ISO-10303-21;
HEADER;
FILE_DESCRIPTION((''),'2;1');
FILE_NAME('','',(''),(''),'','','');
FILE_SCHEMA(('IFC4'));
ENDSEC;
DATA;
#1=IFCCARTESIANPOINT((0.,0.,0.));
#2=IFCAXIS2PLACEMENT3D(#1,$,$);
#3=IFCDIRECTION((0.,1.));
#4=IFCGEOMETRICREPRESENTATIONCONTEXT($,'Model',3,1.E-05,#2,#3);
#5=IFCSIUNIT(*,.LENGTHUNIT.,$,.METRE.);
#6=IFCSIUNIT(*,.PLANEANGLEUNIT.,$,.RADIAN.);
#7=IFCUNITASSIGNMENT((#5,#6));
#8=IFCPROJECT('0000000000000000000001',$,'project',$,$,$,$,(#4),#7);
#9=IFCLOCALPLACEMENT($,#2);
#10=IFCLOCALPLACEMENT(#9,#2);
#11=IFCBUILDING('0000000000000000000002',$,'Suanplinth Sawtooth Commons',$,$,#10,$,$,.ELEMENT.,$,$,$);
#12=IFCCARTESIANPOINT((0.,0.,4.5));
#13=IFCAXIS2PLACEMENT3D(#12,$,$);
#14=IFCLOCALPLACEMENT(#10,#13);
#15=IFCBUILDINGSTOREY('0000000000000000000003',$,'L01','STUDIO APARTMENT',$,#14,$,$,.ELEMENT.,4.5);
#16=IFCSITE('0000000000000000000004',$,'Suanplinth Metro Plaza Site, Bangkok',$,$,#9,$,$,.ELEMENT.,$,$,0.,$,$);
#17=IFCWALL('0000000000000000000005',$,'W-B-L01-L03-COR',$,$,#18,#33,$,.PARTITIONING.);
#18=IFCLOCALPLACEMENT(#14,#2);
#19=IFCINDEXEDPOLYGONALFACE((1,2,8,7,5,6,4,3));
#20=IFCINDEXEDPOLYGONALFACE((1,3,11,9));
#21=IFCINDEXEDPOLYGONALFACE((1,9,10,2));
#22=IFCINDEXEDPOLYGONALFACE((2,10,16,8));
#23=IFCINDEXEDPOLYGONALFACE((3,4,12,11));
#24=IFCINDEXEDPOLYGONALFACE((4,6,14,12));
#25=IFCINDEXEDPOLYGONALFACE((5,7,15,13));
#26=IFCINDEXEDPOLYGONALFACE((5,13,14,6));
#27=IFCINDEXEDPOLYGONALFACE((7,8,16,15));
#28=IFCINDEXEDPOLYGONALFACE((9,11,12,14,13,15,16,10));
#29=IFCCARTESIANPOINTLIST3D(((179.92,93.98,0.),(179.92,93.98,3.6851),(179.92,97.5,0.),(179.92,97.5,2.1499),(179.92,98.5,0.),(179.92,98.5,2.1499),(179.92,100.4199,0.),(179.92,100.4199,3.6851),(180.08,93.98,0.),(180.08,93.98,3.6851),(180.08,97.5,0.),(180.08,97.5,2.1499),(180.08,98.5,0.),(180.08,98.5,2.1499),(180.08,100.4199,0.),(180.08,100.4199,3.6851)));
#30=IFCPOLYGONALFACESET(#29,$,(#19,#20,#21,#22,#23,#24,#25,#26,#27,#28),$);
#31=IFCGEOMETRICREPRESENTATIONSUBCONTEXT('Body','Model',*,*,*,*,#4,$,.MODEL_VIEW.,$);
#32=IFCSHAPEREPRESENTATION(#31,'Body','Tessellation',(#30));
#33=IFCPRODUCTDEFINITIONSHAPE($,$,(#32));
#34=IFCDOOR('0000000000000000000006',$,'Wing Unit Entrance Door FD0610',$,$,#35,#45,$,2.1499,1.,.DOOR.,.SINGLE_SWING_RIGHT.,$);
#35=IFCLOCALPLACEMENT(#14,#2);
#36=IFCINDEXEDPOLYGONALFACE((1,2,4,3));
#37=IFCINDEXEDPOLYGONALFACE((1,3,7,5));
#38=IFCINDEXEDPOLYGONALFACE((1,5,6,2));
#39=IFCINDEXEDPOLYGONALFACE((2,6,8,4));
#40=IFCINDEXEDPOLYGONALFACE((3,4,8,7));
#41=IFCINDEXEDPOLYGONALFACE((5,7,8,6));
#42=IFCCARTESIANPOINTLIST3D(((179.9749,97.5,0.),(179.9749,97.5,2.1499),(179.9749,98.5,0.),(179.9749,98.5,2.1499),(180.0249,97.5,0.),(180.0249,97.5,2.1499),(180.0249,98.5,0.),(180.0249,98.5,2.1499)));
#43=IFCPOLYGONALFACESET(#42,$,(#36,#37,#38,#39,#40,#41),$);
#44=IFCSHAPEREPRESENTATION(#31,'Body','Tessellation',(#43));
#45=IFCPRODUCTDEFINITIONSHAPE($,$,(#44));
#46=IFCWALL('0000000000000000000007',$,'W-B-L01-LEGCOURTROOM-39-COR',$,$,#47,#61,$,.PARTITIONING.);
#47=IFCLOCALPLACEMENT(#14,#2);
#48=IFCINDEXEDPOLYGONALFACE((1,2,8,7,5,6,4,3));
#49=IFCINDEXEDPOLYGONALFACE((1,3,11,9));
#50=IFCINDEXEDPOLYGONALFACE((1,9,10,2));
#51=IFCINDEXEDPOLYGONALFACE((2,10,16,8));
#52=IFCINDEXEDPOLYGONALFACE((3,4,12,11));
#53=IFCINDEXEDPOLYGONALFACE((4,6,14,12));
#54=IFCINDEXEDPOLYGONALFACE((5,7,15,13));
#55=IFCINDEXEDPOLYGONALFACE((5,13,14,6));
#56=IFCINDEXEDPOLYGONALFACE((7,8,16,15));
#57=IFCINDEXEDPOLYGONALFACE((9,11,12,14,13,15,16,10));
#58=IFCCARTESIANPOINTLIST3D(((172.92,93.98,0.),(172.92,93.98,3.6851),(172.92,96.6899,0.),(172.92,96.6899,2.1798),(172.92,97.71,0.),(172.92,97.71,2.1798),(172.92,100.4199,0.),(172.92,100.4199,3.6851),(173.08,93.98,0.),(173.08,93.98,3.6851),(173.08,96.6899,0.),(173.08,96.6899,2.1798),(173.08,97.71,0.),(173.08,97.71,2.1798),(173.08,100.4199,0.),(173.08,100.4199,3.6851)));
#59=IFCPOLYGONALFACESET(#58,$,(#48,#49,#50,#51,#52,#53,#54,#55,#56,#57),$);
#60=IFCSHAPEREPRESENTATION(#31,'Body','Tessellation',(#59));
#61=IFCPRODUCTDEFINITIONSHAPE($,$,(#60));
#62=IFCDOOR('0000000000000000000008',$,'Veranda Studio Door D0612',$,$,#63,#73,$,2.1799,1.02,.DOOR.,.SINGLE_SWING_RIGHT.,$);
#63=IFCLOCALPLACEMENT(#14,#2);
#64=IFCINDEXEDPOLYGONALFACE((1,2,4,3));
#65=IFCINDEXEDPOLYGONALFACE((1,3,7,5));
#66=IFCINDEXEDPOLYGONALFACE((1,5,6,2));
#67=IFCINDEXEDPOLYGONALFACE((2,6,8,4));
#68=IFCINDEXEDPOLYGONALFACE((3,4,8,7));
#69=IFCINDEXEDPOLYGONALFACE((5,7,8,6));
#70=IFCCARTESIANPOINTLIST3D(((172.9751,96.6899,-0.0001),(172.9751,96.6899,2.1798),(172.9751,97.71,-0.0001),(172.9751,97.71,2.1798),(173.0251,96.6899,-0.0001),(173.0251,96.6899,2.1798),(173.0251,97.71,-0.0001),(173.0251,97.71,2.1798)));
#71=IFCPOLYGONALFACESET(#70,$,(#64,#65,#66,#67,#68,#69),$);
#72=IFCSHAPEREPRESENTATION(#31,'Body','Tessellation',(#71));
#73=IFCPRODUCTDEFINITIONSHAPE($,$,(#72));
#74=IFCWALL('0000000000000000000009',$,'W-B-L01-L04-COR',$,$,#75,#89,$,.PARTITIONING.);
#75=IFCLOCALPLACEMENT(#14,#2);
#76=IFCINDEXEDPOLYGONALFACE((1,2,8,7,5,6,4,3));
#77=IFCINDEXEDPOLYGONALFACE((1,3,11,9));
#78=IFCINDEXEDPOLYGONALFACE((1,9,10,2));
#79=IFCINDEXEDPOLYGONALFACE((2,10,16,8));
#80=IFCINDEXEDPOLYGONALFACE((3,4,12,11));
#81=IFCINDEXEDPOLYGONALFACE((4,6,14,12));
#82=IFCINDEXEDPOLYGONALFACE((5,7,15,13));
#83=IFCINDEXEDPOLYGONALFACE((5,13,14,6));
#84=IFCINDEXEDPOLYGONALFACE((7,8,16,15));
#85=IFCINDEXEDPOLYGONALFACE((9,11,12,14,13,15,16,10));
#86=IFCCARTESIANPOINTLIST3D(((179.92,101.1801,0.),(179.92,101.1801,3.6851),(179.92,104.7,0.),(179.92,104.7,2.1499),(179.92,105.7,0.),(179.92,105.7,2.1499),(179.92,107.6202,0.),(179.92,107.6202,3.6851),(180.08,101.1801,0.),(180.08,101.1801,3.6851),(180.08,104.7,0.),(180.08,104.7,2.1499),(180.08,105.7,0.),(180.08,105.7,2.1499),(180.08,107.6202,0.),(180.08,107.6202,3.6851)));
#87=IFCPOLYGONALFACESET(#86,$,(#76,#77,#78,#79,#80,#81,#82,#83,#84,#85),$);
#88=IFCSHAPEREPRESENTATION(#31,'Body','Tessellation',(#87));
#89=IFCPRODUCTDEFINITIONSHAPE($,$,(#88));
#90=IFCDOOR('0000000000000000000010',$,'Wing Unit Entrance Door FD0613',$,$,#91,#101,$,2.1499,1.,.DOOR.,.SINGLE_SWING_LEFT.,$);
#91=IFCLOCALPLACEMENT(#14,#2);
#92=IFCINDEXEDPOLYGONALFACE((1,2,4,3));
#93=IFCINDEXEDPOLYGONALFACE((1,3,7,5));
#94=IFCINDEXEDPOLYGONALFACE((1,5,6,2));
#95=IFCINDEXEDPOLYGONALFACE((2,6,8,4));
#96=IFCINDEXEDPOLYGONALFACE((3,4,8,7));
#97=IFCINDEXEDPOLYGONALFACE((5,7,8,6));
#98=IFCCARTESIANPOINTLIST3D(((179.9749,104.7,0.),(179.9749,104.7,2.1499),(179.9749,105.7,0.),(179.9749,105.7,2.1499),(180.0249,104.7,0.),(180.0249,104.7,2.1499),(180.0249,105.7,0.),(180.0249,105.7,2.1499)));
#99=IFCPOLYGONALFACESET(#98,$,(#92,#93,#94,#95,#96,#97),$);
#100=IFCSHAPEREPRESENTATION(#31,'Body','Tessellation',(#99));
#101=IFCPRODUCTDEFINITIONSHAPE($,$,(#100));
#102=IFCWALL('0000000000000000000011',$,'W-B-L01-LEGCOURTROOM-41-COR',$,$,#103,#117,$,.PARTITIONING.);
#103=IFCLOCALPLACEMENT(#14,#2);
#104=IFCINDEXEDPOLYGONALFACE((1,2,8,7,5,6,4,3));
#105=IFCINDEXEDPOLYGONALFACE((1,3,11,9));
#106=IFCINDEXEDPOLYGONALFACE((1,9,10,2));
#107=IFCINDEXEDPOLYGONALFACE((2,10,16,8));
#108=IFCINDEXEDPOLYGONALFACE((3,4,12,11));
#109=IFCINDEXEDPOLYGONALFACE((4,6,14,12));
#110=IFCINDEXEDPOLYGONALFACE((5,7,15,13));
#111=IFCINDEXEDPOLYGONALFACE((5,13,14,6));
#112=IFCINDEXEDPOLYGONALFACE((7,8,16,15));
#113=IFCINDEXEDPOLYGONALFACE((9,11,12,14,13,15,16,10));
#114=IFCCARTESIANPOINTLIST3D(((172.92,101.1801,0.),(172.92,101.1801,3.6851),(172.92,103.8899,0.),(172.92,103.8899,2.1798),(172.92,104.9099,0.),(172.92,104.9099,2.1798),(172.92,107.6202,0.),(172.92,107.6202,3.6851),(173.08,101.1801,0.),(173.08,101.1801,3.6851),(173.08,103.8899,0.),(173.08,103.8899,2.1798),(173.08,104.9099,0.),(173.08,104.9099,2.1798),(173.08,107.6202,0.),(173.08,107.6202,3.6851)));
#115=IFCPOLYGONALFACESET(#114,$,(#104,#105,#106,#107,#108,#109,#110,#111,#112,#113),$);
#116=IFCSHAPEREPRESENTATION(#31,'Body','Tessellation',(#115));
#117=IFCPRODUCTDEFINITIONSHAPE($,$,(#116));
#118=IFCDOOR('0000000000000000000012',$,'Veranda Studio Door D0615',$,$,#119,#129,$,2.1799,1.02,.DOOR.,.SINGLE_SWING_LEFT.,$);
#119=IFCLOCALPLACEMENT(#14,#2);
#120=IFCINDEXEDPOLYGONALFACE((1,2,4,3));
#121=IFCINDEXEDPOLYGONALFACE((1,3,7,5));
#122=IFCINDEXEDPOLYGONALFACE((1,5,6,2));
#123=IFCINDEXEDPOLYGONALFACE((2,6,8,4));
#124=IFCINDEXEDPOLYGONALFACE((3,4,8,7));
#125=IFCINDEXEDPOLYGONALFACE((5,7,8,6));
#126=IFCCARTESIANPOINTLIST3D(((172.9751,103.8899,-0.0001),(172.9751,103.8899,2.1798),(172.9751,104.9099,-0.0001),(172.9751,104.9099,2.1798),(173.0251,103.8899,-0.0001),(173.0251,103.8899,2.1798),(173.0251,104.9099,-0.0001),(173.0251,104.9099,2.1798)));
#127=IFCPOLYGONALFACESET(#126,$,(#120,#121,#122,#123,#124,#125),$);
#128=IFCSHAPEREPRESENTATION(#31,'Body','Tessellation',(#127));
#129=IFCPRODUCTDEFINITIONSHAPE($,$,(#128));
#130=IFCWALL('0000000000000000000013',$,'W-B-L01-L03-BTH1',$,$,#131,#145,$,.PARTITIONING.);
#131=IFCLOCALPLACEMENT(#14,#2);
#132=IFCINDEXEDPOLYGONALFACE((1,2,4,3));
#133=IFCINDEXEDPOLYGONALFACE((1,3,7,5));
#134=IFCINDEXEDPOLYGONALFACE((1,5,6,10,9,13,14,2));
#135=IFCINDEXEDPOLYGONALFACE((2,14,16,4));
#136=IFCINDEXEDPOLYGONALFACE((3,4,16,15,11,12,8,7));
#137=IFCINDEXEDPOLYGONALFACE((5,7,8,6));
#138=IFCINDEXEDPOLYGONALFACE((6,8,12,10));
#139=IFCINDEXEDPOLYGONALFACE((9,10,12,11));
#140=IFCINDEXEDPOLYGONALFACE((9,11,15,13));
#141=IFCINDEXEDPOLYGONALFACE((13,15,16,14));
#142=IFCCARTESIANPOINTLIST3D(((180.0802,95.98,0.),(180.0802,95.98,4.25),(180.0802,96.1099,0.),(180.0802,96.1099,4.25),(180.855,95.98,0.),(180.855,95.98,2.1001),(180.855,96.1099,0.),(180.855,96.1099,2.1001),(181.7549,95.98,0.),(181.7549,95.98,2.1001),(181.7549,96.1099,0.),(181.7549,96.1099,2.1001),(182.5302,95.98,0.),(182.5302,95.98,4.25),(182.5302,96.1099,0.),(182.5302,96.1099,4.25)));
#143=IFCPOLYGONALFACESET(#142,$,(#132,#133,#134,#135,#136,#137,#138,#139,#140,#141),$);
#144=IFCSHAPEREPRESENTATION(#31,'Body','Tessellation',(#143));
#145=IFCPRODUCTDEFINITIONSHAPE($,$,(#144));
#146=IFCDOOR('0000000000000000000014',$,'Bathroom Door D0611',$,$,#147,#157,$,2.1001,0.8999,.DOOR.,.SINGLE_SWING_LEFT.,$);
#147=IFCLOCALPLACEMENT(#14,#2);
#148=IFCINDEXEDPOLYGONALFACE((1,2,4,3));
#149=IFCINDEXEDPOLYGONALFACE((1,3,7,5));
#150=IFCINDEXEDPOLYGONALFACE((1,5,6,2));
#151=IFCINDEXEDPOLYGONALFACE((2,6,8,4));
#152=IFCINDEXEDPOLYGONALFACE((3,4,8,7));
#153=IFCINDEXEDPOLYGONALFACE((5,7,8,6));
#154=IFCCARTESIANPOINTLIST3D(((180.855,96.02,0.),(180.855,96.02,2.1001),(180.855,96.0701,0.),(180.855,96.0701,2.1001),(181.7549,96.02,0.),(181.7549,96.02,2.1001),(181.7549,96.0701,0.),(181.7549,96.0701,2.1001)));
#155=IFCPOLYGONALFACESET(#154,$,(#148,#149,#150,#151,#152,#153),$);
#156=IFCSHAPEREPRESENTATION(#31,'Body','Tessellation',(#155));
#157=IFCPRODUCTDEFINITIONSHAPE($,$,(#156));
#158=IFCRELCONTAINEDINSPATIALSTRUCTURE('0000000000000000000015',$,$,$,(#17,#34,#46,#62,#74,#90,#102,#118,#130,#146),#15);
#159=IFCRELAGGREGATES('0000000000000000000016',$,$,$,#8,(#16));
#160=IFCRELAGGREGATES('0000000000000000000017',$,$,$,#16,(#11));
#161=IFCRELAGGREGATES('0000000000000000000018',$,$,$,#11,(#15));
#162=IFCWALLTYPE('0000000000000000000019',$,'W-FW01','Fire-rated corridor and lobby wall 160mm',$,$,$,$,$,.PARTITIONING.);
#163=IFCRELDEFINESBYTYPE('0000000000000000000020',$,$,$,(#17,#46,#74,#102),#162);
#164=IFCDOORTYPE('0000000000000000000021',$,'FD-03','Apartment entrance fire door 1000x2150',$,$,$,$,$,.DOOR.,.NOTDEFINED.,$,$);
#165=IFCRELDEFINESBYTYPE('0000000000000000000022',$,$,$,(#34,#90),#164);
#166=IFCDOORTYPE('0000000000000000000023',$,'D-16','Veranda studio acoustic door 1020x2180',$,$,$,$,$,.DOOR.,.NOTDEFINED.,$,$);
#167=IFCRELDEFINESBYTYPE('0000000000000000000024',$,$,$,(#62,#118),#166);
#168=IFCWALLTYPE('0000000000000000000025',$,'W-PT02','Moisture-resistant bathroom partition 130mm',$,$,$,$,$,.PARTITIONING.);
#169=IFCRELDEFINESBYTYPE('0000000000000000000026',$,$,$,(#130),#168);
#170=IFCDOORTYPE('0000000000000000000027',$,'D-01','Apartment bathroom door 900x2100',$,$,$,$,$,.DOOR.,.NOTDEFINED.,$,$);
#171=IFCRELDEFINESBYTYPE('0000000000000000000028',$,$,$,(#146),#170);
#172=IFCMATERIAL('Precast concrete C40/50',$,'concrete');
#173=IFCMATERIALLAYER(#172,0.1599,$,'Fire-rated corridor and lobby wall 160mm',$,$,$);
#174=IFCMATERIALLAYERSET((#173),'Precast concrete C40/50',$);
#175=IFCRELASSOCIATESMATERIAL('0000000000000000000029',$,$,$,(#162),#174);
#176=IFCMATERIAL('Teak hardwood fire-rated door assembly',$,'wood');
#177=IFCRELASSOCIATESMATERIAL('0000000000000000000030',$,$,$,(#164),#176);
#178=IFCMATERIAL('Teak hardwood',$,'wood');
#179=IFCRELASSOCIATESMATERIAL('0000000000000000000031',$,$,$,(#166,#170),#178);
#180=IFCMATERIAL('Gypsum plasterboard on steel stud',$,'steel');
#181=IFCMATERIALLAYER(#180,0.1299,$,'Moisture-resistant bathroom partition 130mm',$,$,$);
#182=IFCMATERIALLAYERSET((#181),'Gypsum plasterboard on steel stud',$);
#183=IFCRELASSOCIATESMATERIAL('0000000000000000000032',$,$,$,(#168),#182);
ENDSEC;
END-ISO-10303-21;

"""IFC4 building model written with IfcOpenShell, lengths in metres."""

from ifc_helpers import new_model, si_unit, direction, frame, frame_2d, origin, place, context, subcontext, project, spatial, rectangle, extrude, material, layer, layer_set, type_object, element, fill, save


model = new_model("IFC4")

# Units and contexts
model_context = context("Model", 3, precision=1e-05, world=origin(), true_north=direction((0.0, 1.0)))
body_context = subcontext(model_context, "Body", "Model", "MODEL_VIEW")
ifc_project = project(units=[si_unit("LENGTHUNIT", "METRE"), si_unit("PLANEANGLEUNIT", "RADIAN")], contexts=[model_context])

# Site, building, storey
site_placement = place(None, origin())
site = spatial("IfcSite", under=ifc_project, at=site_placement, Name="Suanplinth Metro Plaza Site, Bangkok", CompositionType="ELEMENT", RefElevation=0.0)
building_placement = place(site_placement, origin())
building = spatial("IfcBuilding", under=site, at=building_placement, Name="Suanplinth Sawtooth Commons", CompositionType="ELEMENT")
storey_placement = place(building_placement, frame((0.0, 0.0, 4.5)))
storey = spatial("IfcBuildingStorey", under=building, at=storey_placement, Name="L01", Description="STUDIO APARTMENT", CompositionType="ELEMENT", Elevation=4.5)

# Shared definitions
ifc_material_1 = material(Name="Precast concrete C40/50", Category="concrete")

# Walls, openings, doors
ifc_layer_1 = layer(ifc_material_1, 0.1599, Name="Fire-rated corridor and lobby wall 160mm")
ifc_layer_set_1 = layer_set([ifc_layer_1], Name="Precast concrete C40/50")
wall_type_1 = type_object("IfcWallType", Name="W-FW01", Description="Fire-rated corridor and lobby wall 160mm", PredefinedType="PARTITIONING", material=ifc_layer_set_1)
wall_1_placement = place(storey_placement, frame((180.0, 93.98, 0.0), z_axis=(0.0, 0.0, 1.0), x_axis=(0.0, 1.0, 0.0)))
wall_1 = element("IfcWall", 1, at=wall_1_placement, inside=storey, type_object=wall_type_1, Name="W-B-L01-L03-COR", PredefinedType="PARTITIONING", context=body_context, shape_type="SweptSolid", body=[
    extrude(rectangle(XDim=6.4399, YDim=0.1599, at=frame_2d((3.22, 0.0))), origin(), (0.0, 0.0, 1.0), 3.6851),
])
opening_1_placement = place(wall_1_placement, frame((3.52, 0.0, 0.0)))
opening_1 = element("IfcOpeningElement", 2, at=opening_1_placement, cuts=wall_1, PredefinedType="OPENING", context=body_context, shape_type="SweptSolid", body=[
    extrude(rectangle(XDim=1.0, YDim=2.1499, at=frame_2d((0.5, 1.075))), frame((0.0, 0.0947, 0.0), z_axis=(0.0, -1.0, 0.0), x_axis=(1.0, 0.0, 0.0)), (0.0, 0.0, 1.0), 0.1897),
])
ifc_material_2 = material(Name="Teak hardwood fire-rated door assembly", Category="wood")
door_type_1 = type_object("IfcDoorType", Name="FD-03", Description="Apartment entrance fire door 1000x2150", OperationType="NOTDEFINED", PredefinedType="DOOR", material=ifc_material_2)
door_1_placement = place(opening_1_placement, frame((1.0, 0.0, 0.0), z_axis=(0.0, 0.0, 1.0), x_axis=(-1.0, 0.0, 0.0)))
door_1 = element("IfcDoor", 3, at=door_1_placement, inside=storey, type_object=door_type_1, Name="Wing Unit Entrance Door FD0610", OperationType="SINGLE_SWING_RIGHT", OverallHeight=2.1499, OverallWidth=1.0, PredefinedType="DOOR", context=body_context, shape_type="SweptSolid", body=[
    extrude(rectangle(XDim=1.0, YDim=2.1499, at=frame_2d((0.5, 1.075))), frame((0.0, 0.0249, 0.0), z_axis=(0.0, -1.0, 0.0), x_axis=(1.0, 0.0, 0.0)), (0.0, 0.0, 1.0), 0.05),
])
fill(opening_1, door_1)
wall_2_placement = place(storey_placement, frame((173.0, 93.98, 0.0), z_axis=(0.0, 0.0, 1.0), x_axis=(0.0, 1.0, 0.0)))
wall_2 = element("IfcWall", 4, at=wall_2_placement, inside=storey, type_object=wall_type_1, Name="W-B-L01-LEGCOURTROOM-39-COR", PredefinedType="PARTITIONING", context=body_context, shape_type="SweptSolid", body=[
    extrude(rectangle(XDim=6.4399, YDim=0.1599, at=frame_2d((3.22, 0.0))), origin(), (0.0, 0.0, 1.0), 3.6851),
])
opening_2_placement = place(wall_2_placement, frame((2.71, 0.0, 0.0)))
opening_2 = element("IfcOpeningElement", 5, at=opening_2_placement, cuts=wall_2, PredefinedType="OPENING", context=body_context, shape_type="SweptSolid", body=[
    extrude(rectangle(XDim=1.02, YDim=2.1799, at=frame_2d((0.51, 1.0898))), frame((0.0, 0.0947, 0.0), z_axis=(0.0, -1.0, 0.0), x_axis=(1.0, 0.0, 0.0)), (0.0, 0.0, 1.0), 0.1897),
])
ifc_material_3 = material(Name="Teak hardwood", Category="wood")
door_type_2 = type_object("IfcDoorType", Name="D-16", Description="Veranda studio acoustic door 1020x2180", OperationType="NOTDEFINED", PredefinedType="DOOR", material=ifc_material_3)
door_2_placement = place(opening_2_placement, origin())
door_2 = element("IfcDoor", 6, at=door_2_placement, inside=storey, type_object=door_type_2, Name="Veranda Studio Door D0612", OperationType="SINGLE_SWING_RIGHT", OverallHeight=2.1799, OverallWidth=1.02, PredefinedType="DOOR", context=body_context, shape_type="SweptSolid", body=[
    extrude(rectangle(XDim=1.02, YDim=2.1799, at=frame_2d((0.51, 1.0898))), frame((0.0, 0.0249, 0.0), z_axis=(0.0, -1.0, 0.0), x_axis=(1.0, 0.0, 0.0)), (0.0, 0.0, 1.0), 0.05),
])
fill(opening_2, door_2)
wall_3_placement = place(storey_placement, frame((180.0, 101.1799, 0.0), z_axis=(0.0, 0.0, 1.0), x_axis=(0.0, 1.0, 0.0)))
wall_3 = element("IfcWall", 7, at=wall_3_placement, inside=storey, type_object=wall_type_1, Name="W-B-L01-L04-COR", PredefinedType="PARTITIONING", context=body_context, shape_type="SweptSolid", body=[
    extrude(rectangle(XDim=6.4402, YDim=0.1599, at=frame_2d((3.2202, 0.0))), origin(), (0.0, 0.0, 1.0), 3.6851),
])
opening_3_placement = place(wall_3_placement, frame((3.52, 0.0, 0.0)))
opening_3 = element("IfcOpeningElement", 8, at=opening_3_placement, cuts=wall_3, PredefinedType="OPENING", context=body_context, shape_type="SweptSolid", body=[
    extrude(rectangle(XDim=1.0, YDim=2.1499, at=frame_2d((0.5, 1.075))), frame((0.0, 0.0947, 0.0), z_axis=(0.0, -1.0, 0.0), x_axis=(1.0, 0.0, 0.0)), (0.0, 0.0, 1.0), 0.1897),
])
door_3_placement = place(opening_3_placement, frame((1.0, 0.0, 0.0), z_axis=(0.0, 0.0, 1.0), x_axis=(-1.0, 0.0, 0.0)))
door_3 = element("IfcDoor", 9, at=door_3_placement, inside=storey, type_object=door_type_1, Name="Wing Unit Entrance Door FD0613", OperationType="SINGLE_SWING_LEFT", OverallHeight=2.1499, OverallWidth=1.0, PredefinedType="DOOR", context=body_context, shape_type="SweptSolid", body=[
    extrude(rectangle(XDim=1.0, YDim=2.1499, at=frame_2d((0.5, 1.075))), frame((0.0, 0.0249, 0.0), z_axis=(0.0, -1.0, 0.0), x_axis=(1.0, 0.0, 0.0)), (0.0, 0.0, 1.0), 0.05),
])
fill(opening_3, door_3)
wall_4_placement = place(storey_placement, frame((173.0, 101.1799, 0.0), z_axis=(0.0, 0.0, 1.0), x_axis=(0.0, 1.0, 0.0)))
wall_4 = element("IfcWall", 10, at=wall_4_placement, inside=storey, type_object=wall_type_1, Name="W-B-L01-LEGCOURTROOM-41-COR", PredefinedType="PARTITIONING", context=body_context, shape_type="SweptSolid", body=[
    extrude(rectangle(XDim=6.4402, YDim=0.1599, at=frame_2d((3.2202, 0.0))), origin(), (0.0, 0.0, 1.0), 3.6851),
])
opening_4_placement = place(wall_4_placement, frame((2.71, 0.0, 0.0)))
opening_4 = element("IfcOpeningElement", 11, at=opening_4_placement, cuts=wall_4, PredefinedType="OPENING", context=body_context, shape_type="SweptSolid", body=[
    extrude(rectangle(XDim=1.02, YDim=2.1799, at=frame_2d((0.51, 1.0898))), frame((0.0, 0.0947, 0.0), z_axis=(0.0, -1.0, 0.0), x_axis=(1.0, 0.0, 0.0)), (0.0, 0.0, 1.0), 0.1897),
])
door_4_placement = place(opening_4_placement, origin())
door_4 = element("IfcDoor", 12, at=door_4_placement, inside=storey, type_object=door_type_2, Name="Veranda Studio Door D0615", OperationType="SINGLE_SWING_LEFT", OverallHeight=2.1799, OverallWidth=1.02, PredefinedType="DOOR", context=body_context, shape_type="SweptSolid", body=[
    extrude(rectangle(XDim=1.02, YDim=2.1799, at=frame_2d((0.51, 1.0898))), frame((0.0, 0.0249, 0.0), z_axis=(0.0, -1.0, 0.0), x_axis=(1.0, 0.0, 0.0)), (0.0, 0.0, 1.0), 0.05),
])
fill(opening_4, door_4)
ifc_material_4 = material(Name="Gypsum plasterboard on steel stud", Category="steel")
ifc_layer_2 = layer(ifc_material_4, 0.1299, Name="Moisture-resistant bathroom partition 130mm")
ifc_layer_set_2 = layer_set([ifc_layer_2], Name="Gypsum plasterboard on steel stud")
wall_type_2 = type_object("IfcWallType", Name="W-PT02", Description="Moisture-resistant bathroom partition 130mm", PredefinedType="PARTITIONING", material=ifc_layer_set_2)
wall_5_placement = place(storey_placement, frame((180.0801, 96.0449, 0.0), z_axis=(0.0, 0.0, 1.0), x_axis=(1.0, 0.0, 0.0)))
wall_5 = element("IfcWall", 13, at=wall_5_placement, inside=storey, type_object=wall_type_2, Name="W-B-L01-L03-BTH1", PredefinedType="PARTITIONING", context=body_context, shape_type="SweptSolid", body=[
    extrude(rectangle(XDim=2.45, YDim=0.1299, at=frame_2d((1.2251, 0.0))), origin(), (0.0, 0.0, 1.0), 4.25),
])
opening_5_placement = place(wall_5_placement, frame((0.7749, 0.0, 0.0)))
opening_5 = element("IfcOpeningElement", 14, at=opening_5_placement, cuts=wall_5, PredefinedType="OPENING", context=body_context, shape_type="SweptSolid", body=[
    extrude(rectangle(XDim=0.8999, YDim=2.1001, at=frame_2d((0.45, 1.05))), frame((0.0, 0.0798, 0.0), z_axis=(0.0, -1.0, 0.0), x_axis=(1.0, 0.0, 0.0)), (0.0, 0.0, 1.0), 0.1597),
])
door_type_3 = type_object("IfcDoorType", Name="D-01", Description="Apartment bathroom door 900x2100", OperationType="NOTDEFINED", PredefinedType="DOOR", material=ifc_material_3)
door_5_placement = place(opening_5_placement, frame((0.8999, 0.0, 0.0), z_axis=(0.0, 0.0, 1.0), x_axis=(-1.0, 0.0, 0.0)))
door_5 = element("IfcDoor", 15, at=door_5_placement, inside=storey, type_object=door_type_3, Name="Bathroom Door D0611", OperationType="SINGLE_SWING_LEFT", OverallHeight=2.1001, OverallWidth=0.8999, PredefinedType="DOOR", context=body_context, shape_type="SweptSolid", body=[
    extrude(rectangle(XDim=0.8999, YDim=2.1001, at=frame_2d((0.45, 1.05))), frame((0.0, 0.0249, 0.0), z_axis=(0.0, -1.0, 0.0), x_axis=(1.0, 0.0, 0.0)), (0.0, 0.0, 1.0), 0.05),
])
fill(opening_5, door_5)

save(model, "model.ifc")
